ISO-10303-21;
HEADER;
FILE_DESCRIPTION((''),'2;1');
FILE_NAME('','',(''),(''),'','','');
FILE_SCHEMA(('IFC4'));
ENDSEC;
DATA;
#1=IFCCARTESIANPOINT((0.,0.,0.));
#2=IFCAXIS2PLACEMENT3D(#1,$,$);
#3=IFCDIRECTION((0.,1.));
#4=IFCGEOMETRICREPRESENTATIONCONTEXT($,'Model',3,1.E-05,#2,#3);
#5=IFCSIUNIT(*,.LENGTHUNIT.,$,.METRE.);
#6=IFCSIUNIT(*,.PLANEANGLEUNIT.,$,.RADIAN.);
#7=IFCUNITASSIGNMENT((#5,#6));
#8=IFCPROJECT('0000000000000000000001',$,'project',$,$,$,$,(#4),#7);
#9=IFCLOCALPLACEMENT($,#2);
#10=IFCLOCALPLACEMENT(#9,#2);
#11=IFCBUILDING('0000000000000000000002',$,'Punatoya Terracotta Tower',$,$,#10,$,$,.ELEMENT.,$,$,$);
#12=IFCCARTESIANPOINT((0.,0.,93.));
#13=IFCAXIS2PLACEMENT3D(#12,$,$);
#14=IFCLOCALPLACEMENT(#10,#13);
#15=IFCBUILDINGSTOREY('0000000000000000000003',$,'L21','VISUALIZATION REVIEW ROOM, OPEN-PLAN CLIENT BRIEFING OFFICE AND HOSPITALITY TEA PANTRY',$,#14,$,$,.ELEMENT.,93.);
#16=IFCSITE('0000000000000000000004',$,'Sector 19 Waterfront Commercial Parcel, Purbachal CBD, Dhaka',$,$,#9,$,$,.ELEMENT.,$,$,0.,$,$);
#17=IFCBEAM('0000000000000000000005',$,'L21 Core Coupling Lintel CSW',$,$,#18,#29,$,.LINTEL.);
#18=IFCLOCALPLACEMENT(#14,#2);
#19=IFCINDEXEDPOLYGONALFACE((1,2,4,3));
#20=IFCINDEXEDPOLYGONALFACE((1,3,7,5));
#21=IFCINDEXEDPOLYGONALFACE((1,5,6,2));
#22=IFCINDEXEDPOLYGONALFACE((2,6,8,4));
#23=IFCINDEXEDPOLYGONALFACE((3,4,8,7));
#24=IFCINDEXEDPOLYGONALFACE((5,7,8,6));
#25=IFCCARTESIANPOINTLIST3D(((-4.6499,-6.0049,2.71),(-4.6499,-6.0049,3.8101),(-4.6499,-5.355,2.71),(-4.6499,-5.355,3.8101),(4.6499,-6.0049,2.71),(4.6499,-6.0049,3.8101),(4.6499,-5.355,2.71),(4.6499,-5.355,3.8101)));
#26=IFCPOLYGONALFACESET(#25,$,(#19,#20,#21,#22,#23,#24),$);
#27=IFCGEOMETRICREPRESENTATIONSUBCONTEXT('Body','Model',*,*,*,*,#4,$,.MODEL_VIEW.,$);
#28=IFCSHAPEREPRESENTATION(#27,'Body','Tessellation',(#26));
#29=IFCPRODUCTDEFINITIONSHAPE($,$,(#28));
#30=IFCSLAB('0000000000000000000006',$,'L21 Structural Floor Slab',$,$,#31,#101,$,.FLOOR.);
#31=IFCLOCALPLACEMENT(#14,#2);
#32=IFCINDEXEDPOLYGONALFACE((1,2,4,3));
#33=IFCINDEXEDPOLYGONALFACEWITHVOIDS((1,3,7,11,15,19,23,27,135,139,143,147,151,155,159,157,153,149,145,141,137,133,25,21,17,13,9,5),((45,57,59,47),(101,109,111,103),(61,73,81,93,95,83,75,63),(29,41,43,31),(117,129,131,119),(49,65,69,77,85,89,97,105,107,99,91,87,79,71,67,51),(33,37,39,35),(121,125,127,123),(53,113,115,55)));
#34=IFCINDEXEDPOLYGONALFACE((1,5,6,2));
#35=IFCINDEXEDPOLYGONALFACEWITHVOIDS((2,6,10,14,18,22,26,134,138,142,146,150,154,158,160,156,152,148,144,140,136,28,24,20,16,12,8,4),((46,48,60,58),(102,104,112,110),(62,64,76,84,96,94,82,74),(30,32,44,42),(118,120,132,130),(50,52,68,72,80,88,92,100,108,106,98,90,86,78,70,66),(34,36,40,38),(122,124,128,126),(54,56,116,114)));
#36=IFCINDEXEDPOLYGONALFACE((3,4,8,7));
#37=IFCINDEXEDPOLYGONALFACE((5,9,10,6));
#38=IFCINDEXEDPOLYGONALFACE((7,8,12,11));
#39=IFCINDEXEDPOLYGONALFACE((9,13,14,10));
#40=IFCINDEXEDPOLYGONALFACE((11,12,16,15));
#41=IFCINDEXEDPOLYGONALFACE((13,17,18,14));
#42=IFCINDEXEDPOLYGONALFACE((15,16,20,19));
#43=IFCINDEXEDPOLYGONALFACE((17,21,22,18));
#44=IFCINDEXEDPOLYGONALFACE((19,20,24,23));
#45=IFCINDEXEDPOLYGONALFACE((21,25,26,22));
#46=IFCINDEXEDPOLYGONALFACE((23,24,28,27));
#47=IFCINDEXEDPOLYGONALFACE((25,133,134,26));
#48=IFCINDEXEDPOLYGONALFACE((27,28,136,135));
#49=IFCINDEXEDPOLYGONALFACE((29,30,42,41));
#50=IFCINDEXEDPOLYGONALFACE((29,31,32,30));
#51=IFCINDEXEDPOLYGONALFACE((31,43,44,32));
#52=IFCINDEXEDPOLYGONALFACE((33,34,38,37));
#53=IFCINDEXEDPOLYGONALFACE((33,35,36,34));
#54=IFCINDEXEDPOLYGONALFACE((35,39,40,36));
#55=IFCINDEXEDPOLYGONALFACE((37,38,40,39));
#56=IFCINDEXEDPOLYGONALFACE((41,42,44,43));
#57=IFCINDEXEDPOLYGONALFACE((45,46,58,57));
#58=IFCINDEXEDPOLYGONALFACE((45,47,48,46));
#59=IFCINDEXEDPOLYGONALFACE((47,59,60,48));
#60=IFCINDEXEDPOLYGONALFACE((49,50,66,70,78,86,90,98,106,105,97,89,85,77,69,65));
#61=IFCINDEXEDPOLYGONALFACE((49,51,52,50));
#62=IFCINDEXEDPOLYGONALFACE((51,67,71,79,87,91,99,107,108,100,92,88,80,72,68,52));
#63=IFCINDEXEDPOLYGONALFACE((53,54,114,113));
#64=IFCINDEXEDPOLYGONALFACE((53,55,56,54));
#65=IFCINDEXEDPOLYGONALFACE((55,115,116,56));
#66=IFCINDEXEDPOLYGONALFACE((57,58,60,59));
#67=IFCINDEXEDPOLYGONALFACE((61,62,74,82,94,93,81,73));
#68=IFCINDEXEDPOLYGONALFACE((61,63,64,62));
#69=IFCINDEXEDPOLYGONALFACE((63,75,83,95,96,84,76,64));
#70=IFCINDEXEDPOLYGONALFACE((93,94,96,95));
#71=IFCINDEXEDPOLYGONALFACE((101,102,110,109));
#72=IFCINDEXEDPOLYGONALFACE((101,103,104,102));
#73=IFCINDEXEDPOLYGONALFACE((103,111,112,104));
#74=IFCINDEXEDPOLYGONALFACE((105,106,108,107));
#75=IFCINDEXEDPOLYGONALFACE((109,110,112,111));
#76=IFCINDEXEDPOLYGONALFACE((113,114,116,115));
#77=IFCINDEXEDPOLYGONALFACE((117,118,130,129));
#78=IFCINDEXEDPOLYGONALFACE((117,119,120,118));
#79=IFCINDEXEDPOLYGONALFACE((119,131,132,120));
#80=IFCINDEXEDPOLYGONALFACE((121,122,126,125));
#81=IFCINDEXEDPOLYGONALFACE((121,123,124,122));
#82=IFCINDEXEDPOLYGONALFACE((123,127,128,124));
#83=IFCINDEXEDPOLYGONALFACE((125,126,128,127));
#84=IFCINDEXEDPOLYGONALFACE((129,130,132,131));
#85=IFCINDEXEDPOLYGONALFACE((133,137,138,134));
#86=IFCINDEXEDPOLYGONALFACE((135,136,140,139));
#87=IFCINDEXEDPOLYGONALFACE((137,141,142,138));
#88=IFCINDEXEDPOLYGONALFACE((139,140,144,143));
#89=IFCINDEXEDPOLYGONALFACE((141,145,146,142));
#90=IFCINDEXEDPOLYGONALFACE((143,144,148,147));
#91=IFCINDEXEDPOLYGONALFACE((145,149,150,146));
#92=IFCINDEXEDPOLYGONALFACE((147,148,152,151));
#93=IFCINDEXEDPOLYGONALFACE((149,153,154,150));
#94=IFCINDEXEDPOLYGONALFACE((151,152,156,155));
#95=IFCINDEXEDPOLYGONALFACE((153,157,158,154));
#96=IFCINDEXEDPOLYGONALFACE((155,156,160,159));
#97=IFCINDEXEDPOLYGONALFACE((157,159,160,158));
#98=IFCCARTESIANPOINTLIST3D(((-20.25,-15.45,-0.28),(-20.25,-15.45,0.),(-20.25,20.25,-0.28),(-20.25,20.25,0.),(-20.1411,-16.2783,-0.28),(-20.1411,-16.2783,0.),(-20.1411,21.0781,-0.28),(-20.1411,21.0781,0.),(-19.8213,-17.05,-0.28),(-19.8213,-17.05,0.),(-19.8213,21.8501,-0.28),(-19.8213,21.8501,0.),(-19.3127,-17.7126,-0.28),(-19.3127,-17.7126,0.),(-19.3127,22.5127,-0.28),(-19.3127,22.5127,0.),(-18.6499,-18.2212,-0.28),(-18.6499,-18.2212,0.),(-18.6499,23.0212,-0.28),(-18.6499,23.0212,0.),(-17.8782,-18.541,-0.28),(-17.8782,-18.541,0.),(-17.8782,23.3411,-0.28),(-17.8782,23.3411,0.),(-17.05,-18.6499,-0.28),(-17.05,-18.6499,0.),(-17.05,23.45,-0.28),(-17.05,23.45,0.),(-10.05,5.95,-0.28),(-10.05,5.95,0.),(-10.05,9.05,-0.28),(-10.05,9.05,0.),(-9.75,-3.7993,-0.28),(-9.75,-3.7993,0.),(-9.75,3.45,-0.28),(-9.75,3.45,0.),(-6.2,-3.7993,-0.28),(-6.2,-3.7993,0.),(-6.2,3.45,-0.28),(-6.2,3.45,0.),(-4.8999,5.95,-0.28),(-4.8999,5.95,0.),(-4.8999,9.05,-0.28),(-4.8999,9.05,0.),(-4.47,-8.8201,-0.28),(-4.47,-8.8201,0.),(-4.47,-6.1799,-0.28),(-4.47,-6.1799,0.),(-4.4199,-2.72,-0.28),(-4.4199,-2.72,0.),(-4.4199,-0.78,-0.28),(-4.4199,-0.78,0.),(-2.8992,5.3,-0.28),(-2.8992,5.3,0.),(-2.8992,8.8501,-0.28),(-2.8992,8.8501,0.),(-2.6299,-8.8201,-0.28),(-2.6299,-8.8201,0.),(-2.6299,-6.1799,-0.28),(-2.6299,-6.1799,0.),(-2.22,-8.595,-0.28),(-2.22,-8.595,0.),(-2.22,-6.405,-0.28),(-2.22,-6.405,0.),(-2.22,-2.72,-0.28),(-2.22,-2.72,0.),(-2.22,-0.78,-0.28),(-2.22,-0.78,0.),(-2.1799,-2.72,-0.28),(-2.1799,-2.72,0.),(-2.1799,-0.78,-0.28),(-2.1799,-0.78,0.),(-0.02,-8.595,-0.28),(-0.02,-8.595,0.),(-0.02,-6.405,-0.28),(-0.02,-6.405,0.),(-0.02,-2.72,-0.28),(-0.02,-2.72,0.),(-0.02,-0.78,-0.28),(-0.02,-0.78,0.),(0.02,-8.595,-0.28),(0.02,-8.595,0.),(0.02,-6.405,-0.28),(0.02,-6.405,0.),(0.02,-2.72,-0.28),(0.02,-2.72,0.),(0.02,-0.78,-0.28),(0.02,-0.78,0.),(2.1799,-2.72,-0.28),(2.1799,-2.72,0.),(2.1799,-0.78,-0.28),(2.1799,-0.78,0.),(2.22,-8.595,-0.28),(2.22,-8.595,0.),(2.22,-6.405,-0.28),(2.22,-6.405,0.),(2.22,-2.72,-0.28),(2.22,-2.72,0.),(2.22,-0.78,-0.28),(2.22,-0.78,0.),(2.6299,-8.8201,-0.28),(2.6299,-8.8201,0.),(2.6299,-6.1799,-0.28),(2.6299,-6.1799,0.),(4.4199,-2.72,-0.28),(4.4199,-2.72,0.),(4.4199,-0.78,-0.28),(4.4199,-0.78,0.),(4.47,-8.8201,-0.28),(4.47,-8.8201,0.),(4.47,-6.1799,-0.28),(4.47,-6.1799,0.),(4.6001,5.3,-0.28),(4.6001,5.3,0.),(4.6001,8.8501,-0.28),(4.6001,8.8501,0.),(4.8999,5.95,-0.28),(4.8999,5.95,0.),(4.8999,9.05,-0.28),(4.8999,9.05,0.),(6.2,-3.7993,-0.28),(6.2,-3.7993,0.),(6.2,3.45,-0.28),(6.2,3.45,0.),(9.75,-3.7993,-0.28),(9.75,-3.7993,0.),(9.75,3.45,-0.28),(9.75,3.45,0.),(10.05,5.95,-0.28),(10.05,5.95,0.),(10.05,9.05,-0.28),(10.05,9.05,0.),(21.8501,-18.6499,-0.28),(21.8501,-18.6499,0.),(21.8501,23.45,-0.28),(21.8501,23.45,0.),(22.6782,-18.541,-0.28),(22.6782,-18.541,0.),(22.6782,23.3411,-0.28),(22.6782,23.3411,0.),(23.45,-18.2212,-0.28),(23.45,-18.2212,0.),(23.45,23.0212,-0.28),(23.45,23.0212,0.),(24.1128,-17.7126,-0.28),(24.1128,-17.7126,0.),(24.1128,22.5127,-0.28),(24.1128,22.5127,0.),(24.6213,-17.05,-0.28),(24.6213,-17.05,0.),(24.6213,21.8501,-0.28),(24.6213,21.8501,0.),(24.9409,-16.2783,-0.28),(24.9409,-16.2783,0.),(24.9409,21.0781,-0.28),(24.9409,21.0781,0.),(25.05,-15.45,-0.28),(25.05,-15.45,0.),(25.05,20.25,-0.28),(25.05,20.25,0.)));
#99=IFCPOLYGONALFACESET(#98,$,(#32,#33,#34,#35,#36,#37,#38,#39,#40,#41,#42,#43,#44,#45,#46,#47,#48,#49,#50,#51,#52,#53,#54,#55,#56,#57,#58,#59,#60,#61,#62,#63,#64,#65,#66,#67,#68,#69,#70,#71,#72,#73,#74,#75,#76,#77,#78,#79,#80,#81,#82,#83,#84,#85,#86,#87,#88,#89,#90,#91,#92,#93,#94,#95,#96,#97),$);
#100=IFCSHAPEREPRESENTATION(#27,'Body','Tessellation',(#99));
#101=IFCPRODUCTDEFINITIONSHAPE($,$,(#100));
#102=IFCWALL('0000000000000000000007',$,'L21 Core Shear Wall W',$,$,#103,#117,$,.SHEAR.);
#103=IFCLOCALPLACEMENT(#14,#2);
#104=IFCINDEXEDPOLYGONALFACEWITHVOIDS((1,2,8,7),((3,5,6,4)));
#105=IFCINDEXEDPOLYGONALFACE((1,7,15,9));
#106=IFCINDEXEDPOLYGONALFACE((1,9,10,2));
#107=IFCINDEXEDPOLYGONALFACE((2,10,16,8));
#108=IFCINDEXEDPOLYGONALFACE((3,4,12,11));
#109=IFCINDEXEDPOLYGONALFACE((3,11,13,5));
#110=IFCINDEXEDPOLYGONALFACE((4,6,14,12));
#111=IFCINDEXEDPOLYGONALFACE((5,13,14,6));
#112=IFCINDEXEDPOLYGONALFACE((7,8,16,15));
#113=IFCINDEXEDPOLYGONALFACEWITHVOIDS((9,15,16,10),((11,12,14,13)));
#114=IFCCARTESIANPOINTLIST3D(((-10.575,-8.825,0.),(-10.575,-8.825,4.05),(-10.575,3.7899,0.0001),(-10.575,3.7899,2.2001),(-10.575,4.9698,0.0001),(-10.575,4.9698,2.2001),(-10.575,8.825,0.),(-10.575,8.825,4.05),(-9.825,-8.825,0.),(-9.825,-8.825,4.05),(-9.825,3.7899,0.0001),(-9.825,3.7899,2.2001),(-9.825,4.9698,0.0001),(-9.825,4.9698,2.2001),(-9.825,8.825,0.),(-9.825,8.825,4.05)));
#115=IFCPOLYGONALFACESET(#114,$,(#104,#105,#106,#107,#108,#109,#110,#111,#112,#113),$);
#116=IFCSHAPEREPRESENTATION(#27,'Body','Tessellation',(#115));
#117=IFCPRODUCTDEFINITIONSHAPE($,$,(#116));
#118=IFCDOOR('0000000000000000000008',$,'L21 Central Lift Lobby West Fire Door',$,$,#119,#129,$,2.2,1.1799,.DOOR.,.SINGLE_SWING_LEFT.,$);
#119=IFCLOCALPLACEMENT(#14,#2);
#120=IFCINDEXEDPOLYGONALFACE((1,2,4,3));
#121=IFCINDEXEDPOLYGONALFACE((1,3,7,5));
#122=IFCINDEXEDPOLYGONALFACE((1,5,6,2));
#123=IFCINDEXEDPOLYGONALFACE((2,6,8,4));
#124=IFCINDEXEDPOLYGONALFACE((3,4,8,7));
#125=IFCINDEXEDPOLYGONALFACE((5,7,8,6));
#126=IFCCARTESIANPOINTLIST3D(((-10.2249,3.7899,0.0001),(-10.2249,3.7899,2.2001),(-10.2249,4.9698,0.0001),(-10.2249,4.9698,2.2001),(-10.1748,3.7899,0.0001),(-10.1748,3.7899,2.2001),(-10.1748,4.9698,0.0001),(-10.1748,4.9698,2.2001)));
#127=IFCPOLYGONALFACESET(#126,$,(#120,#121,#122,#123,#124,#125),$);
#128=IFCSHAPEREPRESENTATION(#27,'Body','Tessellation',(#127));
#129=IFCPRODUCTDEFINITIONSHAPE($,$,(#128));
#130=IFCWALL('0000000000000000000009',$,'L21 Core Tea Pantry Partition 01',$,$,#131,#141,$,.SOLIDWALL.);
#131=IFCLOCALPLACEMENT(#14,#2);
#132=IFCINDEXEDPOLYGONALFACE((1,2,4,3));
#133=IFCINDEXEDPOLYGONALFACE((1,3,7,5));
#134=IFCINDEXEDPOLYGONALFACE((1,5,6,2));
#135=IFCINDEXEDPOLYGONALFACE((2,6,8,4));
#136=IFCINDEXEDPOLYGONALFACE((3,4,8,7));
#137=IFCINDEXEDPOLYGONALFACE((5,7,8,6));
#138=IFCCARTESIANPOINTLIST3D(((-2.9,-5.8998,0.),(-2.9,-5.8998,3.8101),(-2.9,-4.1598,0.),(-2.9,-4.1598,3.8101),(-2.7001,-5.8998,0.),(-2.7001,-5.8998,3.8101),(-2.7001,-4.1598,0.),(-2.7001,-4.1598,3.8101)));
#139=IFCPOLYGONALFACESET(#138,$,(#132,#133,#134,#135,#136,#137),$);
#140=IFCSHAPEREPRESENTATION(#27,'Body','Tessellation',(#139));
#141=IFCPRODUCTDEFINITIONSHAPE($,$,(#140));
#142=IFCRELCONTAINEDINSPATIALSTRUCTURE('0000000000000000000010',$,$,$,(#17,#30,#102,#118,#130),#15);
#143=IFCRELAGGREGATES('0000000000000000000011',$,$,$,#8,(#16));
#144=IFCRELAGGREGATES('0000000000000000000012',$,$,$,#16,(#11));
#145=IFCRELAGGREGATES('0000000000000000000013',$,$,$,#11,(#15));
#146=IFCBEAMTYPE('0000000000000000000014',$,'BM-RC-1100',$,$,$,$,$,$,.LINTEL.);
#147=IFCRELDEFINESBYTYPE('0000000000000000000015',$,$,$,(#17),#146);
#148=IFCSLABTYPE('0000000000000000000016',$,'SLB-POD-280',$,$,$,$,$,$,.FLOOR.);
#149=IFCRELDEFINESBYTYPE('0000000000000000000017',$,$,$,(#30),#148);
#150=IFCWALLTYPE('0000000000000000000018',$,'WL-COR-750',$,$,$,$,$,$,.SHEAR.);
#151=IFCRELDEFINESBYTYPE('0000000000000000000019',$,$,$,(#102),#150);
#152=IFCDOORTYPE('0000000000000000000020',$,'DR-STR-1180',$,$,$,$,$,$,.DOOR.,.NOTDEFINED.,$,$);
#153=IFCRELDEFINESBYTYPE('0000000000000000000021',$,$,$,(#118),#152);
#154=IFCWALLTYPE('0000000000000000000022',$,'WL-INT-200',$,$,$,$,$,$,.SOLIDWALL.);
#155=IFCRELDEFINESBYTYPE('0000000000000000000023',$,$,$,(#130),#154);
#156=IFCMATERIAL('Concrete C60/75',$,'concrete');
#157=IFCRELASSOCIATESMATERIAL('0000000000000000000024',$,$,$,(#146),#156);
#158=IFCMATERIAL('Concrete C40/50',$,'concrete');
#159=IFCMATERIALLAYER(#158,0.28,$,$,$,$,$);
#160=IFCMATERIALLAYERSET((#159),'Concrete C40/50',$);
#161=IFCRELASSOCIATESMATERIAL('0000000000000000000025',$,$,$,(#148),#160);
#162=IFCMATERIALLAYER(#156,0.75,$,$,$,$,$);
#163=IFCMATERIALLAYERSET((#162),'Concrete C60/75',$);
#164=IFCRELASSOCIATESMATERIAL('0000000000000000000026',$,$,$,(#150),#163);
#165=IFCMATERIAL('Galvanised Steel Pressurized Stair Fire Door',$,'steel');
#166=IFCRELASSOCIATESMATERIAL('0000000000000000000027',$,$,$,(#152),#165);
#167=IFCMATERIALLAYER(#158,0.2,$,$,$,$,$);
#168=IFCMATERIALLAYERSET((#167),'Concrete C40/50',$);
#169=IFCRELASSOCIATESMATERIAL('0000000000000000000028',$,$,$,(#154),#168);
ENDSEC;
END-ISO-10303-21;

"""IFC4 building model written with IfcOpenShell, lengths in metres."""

from ifc_helpers import new_model, si_unit, direction, frame, frame_2d, origin, origin_2d, place, context, subcontext, project, spatial, polyline, rectangle, outline, extrude, material, layer, layer_set, material_profile, profile_set, type_object, element, fill, save


model = new_model("IFC4")

# Units and contexts
model_context = context("Model", 3, precision=1e-05, world=origin(), true_north=direction((0.0, 1.0)))
body_context = subcontext(model_context, "Body", "Model", "MODEL_VIEW")
ifc_project = project(units=[si_unit("LENGTHUNIT", "METRE"), si_unit("PLANEANGLEUNIT", "RADIAN")], contexts=[model_context])

# Site, building, storey
site_placement = place(None, origin())
site = spatial("IfcSite", under=ifc_project, at=site_placement, Name="Sector 19 Waterfront Commercial Parcel, Purbachal CBD, Dhaka", CompositionType="ELEMENT", RefElevation=0.0)
building_placement = place(site_placement, origin())
building = spatial("IfcBuilding", under=site, at=building_placement, Name="Punatoya Terracotta Tower", CompositionType="ELEMENT")
storey_placement = place(building_placement, frame((0.0, 0.0, 93.0)))
storey = spatial("IfcBuildingStorey", under=building, at=storey_placement, Name="L21", Description="VISUALIZATION REVIEW ROOM, OPEN-PLAN CLIENT BRIEFING OFFICE AND HOSPITALITY TEA PANTRY", CompositionType="ELEMENT", Elevation=93.0)

# Beam
ifc_material_1 = material(Name="Concrete C60/75", Category="concrete")
ifc_material_profile = material_profile(ifc_material_1, rectangle(XDim=0.6499, YDim=1.1001, at=origin_2d()))
ifc_profile_set = profile_set([ifc_material_profile], Name="Concrete C60/75")
beam_type = type_object("IfcBeamType", Name="BM-RC-1100", PredefinedType="LINTEL", material=ifc_profile_set)
beam_placement = place(storey_placement, frame((-4.6499, -5.6799, 3.26), z_axis=(1.0, 0.0, 0.0), x_axis=(0.0, 1.0, 0.0)))
element("IfcBeam", 1, at=beam_placement, inside=storey, type_object=beam_type, Name="L21 Core Coupling Lintel CSW", PredefinedType="LINTEL", context=body_context, shape_type="SweptSolid", body=[
    extrude(rectangle(XDim=0.6499, YDim=1.1001, at=origin_2d()), origin(), (0.0, 0.0, 1.0), 9.2998),
])

# Slab
ifc_material_2 = material(Name="Concrete C40/50", Category="concrete")
ifc_layer_1 = layer(ifc_material_2, 0.28)
ifc_layer_set_1 = layer_set([ifc_layer_1], Name="Concrete C40/50")
slab_type = type_object("IfcSlabType", Name="SLB-POD-280", PredefinedType="FLOOR", material=ifc_layer_set_1)
slab_placement = place(storey_placement, frame((0.0, 0.0, -0.28)))
element("IfcSlab", 2, at=slab_placement, inside=storey, type_object=slab_type, Name="L21 Structural Floor Slab", PredefinedType="FLOOR", context=body_context, shape_type="SweptSolid", body=[
    extrude(outline(polyline([(-17.05, -18.6499), (-17.8782, -18.541), (-18.6499, -18.2212), (-19.3127, -17.7126), (-19.8213, -17.05), (-20.1411, -16.2783), (-20.25, -15.45), (-20.25, 20.25), (-20.1411, 21.0781), (-19.8213, 21.8501), (-19.3127, 22.5127), (-18.6499, 23.0212), (-17.8782, 23.3411), (-17.05, 23.45), (21.8501, 23.45), (22.6782, 23.3411), (23.45, 23.0212), (24.1128, 22.5127), (24.6213, 21.8501), (24.9409, 21.0781), (25.05, 20.25), (25.05, -15.45), (24.9409, -16.2783), (24.6213, -17.05), (24.1128, -17.7126), (23.45, -18.2212), (22.6782, -18.541), (21.8501, -18.6499), (-17.05, -18.6499)]), holes=[polyline([(-2.6299, -6.1799), (-4.47, -6.1799), (-4.47, -8.8201), (-2.6299, -8.8201), (-2.6299, -6.1799)]), polyline([(0.02, -8.595), (2.22, -8.595), (2.22, -6.405), (0.02, -6.405), (-0.02, -6.405), (-2.22, -6.405), (-2.22, -8.595), (-0.02, -8.595), (0.02, -8.595)]), polyline([(-2.22, -2.72), (-2.1799, -2.72), (-0.02, -2.72), (0.02, -2.72), (2.1799, -2.72), (2.22, -2.72), (4.4199, -2.72), (4.4199, -0.78), (2.22, -0.78), (2.1799, -0.78), (0.02, -0.78), (-0.02, -0.78), (-2.1799, -0.78), (-2.22, -0.78), (-4.4199, -0.78), (-4.4199, -2.72), (-2.22, -2.72)]), polyline([(-6.2, 3.45), (-9.75, 3.45), (-9.75, -3.7993), (-6.2, -3.7993), (-6.2, 3.45)]), polyline([(4.6001, 5.3), (4.6001, 8.8501), (-2.8992, 8.8501), (-2.8992, 5.3), (4.6001, 5.3)]), polyline([(-4.8999, 9.05), (-10.05, 9.05), (-10.05, 5.95), (-4.8999, 5.95), (-4.8999, 9.05)]), polyline([(4.47, -8.8201), (4.47, -6.1799), (2.6299, -6.1799), (2.6299, -8.8201), (4.47, -8.8201)]), polyline([(9.75, 3.45), (6.2, 3.45), (6.2, -3.7993), (9.75, -3.7993), (9.75, 3.45)]), polyline([(10.05, 5.95), (10.05, 9.05), (4.8999, 9.05), (4.8999, 5.95), (10.05, 5.95)])]), origin(), (0.0, 0.0, 1.0), 0.28),
])

# Wall, opening, door
ifc_layer_2 = layer(ifc_material_1, 0.75)
ifc_layer_set_2 = layer_set([ifc_layer_2], Name="Concrete C60/75")
wall_type_1 = type_object("IfcWallType", Name="WL-COR-750", PredefinedType="SHEAR", material=ifc_layer_set_2)
wall_1_placement = place(storey_placement, frame((-10.2, -8.825, 0.0), z_axis=(0.0, 0.0, 1.0), x_axis=(0.0, 1.0, 0.0)))
wall_1 = element("IfcWall", 3, at=wall_1_placement, inside=storey, type_object=wall_type_1, Name="L21 Core Shear Wall W", PredefinedType="SHEAR", context=body_context, shape_type="SweptSolid", body=[
    extrude(rectangle(XDim=17.6499, YDim=0.75, at=frame_2d((8.825, 0.0))), origin(), (0.0, 0.0, 1.0), 4.05),
])
opening_1_placement = place(wall_1_placement, frame((12.615, 0.0, 0.0)))
opening_1 = element("IfcOpeningElement", 4, at=opening_1_placement, cuts=wall_1, PredefinedType="OPENING", context=body_context, shape_type="SweptSolid", body=[
    extrude(rectangle(XDim=1.1799, YDim=2.2, at=frame_2d((0.5898, 1.1001))), frame((0.0, 0.385, 0.0), z_axis=(0.0, -1.0, 0.0), x_axis=(1.0, 0.0, 0.0)), (0.0, 0.0, 1.0), 0.77),
])
ifc_material_3 = material(Name="Galvanised Steel Pressurized Stair Fire Door", Category="steel")
door_type_1 = type_object("IfcDoorType", Name="DR-STR-1180", OperationType="NOTDEFINED", PredefinedType="DOOR", material=ifc_material_3)
door_1_placement = place(opening_1_placement, origin())
door_1 = element("IfcDoor", 5, at=door_1_placement, inside=storey, type_object=door_type_1, Name="L21 Central Lift Lobby West Fire Door", OperationType="SINGLE_SWING_LEFT", OverallHeight=2.2, OverallWidth=1.1799, PredefinedType="DOOR", context=body_context, shape_type="SweptSolid", body=[
    extrude(rectangle(XDim=1.1799, YDim=2.2, at=frame_2d((0.5898, 1.1001))), frame((0.0, 0.0249, 0.0), z_axis=(0.0, -1.0, 0.0), x_axis=(1.0, 0.0, 0.0)), (0.0, 0.0, 1.0), 0.05),
])
fill(opening_1, door_1)

# Wall
ifc_layer_3 = layer(ifc_material_2, 0.2)
ifc_layer_set_3 = layer_set([ifc_layer_3], Name="Concrete C40/50")
wall_type_2 = type_object("IfcWallType", Name="WL-INT-200", PredefinedType="SOLIDWALL", material=ifc_layer_set_3)
wall_2_placement = place(storey_placement, frame((-2.8, -5.8999, 0.0), z_axis=(0.0, 0.0, 1.0), x_axis=(0.0, 1.0, 0.0)))
element("IfcWall", 6, at=wall_2_placement, inside=storey, type_object=wall_type_2, Name="L21 Core Tea Pantry Partition 01", PredefinedType="SOLIDWALL", context=body_context, shape_type="SweptSolid", body=[
    extrude(rectangle(XDim=1.74, YDim=0.2, at=frame_2d((0.8701, 0.0))), origin(), (0.0, 0.0, 1.0), 3.8101),
])

save(model, "model.ifc")
